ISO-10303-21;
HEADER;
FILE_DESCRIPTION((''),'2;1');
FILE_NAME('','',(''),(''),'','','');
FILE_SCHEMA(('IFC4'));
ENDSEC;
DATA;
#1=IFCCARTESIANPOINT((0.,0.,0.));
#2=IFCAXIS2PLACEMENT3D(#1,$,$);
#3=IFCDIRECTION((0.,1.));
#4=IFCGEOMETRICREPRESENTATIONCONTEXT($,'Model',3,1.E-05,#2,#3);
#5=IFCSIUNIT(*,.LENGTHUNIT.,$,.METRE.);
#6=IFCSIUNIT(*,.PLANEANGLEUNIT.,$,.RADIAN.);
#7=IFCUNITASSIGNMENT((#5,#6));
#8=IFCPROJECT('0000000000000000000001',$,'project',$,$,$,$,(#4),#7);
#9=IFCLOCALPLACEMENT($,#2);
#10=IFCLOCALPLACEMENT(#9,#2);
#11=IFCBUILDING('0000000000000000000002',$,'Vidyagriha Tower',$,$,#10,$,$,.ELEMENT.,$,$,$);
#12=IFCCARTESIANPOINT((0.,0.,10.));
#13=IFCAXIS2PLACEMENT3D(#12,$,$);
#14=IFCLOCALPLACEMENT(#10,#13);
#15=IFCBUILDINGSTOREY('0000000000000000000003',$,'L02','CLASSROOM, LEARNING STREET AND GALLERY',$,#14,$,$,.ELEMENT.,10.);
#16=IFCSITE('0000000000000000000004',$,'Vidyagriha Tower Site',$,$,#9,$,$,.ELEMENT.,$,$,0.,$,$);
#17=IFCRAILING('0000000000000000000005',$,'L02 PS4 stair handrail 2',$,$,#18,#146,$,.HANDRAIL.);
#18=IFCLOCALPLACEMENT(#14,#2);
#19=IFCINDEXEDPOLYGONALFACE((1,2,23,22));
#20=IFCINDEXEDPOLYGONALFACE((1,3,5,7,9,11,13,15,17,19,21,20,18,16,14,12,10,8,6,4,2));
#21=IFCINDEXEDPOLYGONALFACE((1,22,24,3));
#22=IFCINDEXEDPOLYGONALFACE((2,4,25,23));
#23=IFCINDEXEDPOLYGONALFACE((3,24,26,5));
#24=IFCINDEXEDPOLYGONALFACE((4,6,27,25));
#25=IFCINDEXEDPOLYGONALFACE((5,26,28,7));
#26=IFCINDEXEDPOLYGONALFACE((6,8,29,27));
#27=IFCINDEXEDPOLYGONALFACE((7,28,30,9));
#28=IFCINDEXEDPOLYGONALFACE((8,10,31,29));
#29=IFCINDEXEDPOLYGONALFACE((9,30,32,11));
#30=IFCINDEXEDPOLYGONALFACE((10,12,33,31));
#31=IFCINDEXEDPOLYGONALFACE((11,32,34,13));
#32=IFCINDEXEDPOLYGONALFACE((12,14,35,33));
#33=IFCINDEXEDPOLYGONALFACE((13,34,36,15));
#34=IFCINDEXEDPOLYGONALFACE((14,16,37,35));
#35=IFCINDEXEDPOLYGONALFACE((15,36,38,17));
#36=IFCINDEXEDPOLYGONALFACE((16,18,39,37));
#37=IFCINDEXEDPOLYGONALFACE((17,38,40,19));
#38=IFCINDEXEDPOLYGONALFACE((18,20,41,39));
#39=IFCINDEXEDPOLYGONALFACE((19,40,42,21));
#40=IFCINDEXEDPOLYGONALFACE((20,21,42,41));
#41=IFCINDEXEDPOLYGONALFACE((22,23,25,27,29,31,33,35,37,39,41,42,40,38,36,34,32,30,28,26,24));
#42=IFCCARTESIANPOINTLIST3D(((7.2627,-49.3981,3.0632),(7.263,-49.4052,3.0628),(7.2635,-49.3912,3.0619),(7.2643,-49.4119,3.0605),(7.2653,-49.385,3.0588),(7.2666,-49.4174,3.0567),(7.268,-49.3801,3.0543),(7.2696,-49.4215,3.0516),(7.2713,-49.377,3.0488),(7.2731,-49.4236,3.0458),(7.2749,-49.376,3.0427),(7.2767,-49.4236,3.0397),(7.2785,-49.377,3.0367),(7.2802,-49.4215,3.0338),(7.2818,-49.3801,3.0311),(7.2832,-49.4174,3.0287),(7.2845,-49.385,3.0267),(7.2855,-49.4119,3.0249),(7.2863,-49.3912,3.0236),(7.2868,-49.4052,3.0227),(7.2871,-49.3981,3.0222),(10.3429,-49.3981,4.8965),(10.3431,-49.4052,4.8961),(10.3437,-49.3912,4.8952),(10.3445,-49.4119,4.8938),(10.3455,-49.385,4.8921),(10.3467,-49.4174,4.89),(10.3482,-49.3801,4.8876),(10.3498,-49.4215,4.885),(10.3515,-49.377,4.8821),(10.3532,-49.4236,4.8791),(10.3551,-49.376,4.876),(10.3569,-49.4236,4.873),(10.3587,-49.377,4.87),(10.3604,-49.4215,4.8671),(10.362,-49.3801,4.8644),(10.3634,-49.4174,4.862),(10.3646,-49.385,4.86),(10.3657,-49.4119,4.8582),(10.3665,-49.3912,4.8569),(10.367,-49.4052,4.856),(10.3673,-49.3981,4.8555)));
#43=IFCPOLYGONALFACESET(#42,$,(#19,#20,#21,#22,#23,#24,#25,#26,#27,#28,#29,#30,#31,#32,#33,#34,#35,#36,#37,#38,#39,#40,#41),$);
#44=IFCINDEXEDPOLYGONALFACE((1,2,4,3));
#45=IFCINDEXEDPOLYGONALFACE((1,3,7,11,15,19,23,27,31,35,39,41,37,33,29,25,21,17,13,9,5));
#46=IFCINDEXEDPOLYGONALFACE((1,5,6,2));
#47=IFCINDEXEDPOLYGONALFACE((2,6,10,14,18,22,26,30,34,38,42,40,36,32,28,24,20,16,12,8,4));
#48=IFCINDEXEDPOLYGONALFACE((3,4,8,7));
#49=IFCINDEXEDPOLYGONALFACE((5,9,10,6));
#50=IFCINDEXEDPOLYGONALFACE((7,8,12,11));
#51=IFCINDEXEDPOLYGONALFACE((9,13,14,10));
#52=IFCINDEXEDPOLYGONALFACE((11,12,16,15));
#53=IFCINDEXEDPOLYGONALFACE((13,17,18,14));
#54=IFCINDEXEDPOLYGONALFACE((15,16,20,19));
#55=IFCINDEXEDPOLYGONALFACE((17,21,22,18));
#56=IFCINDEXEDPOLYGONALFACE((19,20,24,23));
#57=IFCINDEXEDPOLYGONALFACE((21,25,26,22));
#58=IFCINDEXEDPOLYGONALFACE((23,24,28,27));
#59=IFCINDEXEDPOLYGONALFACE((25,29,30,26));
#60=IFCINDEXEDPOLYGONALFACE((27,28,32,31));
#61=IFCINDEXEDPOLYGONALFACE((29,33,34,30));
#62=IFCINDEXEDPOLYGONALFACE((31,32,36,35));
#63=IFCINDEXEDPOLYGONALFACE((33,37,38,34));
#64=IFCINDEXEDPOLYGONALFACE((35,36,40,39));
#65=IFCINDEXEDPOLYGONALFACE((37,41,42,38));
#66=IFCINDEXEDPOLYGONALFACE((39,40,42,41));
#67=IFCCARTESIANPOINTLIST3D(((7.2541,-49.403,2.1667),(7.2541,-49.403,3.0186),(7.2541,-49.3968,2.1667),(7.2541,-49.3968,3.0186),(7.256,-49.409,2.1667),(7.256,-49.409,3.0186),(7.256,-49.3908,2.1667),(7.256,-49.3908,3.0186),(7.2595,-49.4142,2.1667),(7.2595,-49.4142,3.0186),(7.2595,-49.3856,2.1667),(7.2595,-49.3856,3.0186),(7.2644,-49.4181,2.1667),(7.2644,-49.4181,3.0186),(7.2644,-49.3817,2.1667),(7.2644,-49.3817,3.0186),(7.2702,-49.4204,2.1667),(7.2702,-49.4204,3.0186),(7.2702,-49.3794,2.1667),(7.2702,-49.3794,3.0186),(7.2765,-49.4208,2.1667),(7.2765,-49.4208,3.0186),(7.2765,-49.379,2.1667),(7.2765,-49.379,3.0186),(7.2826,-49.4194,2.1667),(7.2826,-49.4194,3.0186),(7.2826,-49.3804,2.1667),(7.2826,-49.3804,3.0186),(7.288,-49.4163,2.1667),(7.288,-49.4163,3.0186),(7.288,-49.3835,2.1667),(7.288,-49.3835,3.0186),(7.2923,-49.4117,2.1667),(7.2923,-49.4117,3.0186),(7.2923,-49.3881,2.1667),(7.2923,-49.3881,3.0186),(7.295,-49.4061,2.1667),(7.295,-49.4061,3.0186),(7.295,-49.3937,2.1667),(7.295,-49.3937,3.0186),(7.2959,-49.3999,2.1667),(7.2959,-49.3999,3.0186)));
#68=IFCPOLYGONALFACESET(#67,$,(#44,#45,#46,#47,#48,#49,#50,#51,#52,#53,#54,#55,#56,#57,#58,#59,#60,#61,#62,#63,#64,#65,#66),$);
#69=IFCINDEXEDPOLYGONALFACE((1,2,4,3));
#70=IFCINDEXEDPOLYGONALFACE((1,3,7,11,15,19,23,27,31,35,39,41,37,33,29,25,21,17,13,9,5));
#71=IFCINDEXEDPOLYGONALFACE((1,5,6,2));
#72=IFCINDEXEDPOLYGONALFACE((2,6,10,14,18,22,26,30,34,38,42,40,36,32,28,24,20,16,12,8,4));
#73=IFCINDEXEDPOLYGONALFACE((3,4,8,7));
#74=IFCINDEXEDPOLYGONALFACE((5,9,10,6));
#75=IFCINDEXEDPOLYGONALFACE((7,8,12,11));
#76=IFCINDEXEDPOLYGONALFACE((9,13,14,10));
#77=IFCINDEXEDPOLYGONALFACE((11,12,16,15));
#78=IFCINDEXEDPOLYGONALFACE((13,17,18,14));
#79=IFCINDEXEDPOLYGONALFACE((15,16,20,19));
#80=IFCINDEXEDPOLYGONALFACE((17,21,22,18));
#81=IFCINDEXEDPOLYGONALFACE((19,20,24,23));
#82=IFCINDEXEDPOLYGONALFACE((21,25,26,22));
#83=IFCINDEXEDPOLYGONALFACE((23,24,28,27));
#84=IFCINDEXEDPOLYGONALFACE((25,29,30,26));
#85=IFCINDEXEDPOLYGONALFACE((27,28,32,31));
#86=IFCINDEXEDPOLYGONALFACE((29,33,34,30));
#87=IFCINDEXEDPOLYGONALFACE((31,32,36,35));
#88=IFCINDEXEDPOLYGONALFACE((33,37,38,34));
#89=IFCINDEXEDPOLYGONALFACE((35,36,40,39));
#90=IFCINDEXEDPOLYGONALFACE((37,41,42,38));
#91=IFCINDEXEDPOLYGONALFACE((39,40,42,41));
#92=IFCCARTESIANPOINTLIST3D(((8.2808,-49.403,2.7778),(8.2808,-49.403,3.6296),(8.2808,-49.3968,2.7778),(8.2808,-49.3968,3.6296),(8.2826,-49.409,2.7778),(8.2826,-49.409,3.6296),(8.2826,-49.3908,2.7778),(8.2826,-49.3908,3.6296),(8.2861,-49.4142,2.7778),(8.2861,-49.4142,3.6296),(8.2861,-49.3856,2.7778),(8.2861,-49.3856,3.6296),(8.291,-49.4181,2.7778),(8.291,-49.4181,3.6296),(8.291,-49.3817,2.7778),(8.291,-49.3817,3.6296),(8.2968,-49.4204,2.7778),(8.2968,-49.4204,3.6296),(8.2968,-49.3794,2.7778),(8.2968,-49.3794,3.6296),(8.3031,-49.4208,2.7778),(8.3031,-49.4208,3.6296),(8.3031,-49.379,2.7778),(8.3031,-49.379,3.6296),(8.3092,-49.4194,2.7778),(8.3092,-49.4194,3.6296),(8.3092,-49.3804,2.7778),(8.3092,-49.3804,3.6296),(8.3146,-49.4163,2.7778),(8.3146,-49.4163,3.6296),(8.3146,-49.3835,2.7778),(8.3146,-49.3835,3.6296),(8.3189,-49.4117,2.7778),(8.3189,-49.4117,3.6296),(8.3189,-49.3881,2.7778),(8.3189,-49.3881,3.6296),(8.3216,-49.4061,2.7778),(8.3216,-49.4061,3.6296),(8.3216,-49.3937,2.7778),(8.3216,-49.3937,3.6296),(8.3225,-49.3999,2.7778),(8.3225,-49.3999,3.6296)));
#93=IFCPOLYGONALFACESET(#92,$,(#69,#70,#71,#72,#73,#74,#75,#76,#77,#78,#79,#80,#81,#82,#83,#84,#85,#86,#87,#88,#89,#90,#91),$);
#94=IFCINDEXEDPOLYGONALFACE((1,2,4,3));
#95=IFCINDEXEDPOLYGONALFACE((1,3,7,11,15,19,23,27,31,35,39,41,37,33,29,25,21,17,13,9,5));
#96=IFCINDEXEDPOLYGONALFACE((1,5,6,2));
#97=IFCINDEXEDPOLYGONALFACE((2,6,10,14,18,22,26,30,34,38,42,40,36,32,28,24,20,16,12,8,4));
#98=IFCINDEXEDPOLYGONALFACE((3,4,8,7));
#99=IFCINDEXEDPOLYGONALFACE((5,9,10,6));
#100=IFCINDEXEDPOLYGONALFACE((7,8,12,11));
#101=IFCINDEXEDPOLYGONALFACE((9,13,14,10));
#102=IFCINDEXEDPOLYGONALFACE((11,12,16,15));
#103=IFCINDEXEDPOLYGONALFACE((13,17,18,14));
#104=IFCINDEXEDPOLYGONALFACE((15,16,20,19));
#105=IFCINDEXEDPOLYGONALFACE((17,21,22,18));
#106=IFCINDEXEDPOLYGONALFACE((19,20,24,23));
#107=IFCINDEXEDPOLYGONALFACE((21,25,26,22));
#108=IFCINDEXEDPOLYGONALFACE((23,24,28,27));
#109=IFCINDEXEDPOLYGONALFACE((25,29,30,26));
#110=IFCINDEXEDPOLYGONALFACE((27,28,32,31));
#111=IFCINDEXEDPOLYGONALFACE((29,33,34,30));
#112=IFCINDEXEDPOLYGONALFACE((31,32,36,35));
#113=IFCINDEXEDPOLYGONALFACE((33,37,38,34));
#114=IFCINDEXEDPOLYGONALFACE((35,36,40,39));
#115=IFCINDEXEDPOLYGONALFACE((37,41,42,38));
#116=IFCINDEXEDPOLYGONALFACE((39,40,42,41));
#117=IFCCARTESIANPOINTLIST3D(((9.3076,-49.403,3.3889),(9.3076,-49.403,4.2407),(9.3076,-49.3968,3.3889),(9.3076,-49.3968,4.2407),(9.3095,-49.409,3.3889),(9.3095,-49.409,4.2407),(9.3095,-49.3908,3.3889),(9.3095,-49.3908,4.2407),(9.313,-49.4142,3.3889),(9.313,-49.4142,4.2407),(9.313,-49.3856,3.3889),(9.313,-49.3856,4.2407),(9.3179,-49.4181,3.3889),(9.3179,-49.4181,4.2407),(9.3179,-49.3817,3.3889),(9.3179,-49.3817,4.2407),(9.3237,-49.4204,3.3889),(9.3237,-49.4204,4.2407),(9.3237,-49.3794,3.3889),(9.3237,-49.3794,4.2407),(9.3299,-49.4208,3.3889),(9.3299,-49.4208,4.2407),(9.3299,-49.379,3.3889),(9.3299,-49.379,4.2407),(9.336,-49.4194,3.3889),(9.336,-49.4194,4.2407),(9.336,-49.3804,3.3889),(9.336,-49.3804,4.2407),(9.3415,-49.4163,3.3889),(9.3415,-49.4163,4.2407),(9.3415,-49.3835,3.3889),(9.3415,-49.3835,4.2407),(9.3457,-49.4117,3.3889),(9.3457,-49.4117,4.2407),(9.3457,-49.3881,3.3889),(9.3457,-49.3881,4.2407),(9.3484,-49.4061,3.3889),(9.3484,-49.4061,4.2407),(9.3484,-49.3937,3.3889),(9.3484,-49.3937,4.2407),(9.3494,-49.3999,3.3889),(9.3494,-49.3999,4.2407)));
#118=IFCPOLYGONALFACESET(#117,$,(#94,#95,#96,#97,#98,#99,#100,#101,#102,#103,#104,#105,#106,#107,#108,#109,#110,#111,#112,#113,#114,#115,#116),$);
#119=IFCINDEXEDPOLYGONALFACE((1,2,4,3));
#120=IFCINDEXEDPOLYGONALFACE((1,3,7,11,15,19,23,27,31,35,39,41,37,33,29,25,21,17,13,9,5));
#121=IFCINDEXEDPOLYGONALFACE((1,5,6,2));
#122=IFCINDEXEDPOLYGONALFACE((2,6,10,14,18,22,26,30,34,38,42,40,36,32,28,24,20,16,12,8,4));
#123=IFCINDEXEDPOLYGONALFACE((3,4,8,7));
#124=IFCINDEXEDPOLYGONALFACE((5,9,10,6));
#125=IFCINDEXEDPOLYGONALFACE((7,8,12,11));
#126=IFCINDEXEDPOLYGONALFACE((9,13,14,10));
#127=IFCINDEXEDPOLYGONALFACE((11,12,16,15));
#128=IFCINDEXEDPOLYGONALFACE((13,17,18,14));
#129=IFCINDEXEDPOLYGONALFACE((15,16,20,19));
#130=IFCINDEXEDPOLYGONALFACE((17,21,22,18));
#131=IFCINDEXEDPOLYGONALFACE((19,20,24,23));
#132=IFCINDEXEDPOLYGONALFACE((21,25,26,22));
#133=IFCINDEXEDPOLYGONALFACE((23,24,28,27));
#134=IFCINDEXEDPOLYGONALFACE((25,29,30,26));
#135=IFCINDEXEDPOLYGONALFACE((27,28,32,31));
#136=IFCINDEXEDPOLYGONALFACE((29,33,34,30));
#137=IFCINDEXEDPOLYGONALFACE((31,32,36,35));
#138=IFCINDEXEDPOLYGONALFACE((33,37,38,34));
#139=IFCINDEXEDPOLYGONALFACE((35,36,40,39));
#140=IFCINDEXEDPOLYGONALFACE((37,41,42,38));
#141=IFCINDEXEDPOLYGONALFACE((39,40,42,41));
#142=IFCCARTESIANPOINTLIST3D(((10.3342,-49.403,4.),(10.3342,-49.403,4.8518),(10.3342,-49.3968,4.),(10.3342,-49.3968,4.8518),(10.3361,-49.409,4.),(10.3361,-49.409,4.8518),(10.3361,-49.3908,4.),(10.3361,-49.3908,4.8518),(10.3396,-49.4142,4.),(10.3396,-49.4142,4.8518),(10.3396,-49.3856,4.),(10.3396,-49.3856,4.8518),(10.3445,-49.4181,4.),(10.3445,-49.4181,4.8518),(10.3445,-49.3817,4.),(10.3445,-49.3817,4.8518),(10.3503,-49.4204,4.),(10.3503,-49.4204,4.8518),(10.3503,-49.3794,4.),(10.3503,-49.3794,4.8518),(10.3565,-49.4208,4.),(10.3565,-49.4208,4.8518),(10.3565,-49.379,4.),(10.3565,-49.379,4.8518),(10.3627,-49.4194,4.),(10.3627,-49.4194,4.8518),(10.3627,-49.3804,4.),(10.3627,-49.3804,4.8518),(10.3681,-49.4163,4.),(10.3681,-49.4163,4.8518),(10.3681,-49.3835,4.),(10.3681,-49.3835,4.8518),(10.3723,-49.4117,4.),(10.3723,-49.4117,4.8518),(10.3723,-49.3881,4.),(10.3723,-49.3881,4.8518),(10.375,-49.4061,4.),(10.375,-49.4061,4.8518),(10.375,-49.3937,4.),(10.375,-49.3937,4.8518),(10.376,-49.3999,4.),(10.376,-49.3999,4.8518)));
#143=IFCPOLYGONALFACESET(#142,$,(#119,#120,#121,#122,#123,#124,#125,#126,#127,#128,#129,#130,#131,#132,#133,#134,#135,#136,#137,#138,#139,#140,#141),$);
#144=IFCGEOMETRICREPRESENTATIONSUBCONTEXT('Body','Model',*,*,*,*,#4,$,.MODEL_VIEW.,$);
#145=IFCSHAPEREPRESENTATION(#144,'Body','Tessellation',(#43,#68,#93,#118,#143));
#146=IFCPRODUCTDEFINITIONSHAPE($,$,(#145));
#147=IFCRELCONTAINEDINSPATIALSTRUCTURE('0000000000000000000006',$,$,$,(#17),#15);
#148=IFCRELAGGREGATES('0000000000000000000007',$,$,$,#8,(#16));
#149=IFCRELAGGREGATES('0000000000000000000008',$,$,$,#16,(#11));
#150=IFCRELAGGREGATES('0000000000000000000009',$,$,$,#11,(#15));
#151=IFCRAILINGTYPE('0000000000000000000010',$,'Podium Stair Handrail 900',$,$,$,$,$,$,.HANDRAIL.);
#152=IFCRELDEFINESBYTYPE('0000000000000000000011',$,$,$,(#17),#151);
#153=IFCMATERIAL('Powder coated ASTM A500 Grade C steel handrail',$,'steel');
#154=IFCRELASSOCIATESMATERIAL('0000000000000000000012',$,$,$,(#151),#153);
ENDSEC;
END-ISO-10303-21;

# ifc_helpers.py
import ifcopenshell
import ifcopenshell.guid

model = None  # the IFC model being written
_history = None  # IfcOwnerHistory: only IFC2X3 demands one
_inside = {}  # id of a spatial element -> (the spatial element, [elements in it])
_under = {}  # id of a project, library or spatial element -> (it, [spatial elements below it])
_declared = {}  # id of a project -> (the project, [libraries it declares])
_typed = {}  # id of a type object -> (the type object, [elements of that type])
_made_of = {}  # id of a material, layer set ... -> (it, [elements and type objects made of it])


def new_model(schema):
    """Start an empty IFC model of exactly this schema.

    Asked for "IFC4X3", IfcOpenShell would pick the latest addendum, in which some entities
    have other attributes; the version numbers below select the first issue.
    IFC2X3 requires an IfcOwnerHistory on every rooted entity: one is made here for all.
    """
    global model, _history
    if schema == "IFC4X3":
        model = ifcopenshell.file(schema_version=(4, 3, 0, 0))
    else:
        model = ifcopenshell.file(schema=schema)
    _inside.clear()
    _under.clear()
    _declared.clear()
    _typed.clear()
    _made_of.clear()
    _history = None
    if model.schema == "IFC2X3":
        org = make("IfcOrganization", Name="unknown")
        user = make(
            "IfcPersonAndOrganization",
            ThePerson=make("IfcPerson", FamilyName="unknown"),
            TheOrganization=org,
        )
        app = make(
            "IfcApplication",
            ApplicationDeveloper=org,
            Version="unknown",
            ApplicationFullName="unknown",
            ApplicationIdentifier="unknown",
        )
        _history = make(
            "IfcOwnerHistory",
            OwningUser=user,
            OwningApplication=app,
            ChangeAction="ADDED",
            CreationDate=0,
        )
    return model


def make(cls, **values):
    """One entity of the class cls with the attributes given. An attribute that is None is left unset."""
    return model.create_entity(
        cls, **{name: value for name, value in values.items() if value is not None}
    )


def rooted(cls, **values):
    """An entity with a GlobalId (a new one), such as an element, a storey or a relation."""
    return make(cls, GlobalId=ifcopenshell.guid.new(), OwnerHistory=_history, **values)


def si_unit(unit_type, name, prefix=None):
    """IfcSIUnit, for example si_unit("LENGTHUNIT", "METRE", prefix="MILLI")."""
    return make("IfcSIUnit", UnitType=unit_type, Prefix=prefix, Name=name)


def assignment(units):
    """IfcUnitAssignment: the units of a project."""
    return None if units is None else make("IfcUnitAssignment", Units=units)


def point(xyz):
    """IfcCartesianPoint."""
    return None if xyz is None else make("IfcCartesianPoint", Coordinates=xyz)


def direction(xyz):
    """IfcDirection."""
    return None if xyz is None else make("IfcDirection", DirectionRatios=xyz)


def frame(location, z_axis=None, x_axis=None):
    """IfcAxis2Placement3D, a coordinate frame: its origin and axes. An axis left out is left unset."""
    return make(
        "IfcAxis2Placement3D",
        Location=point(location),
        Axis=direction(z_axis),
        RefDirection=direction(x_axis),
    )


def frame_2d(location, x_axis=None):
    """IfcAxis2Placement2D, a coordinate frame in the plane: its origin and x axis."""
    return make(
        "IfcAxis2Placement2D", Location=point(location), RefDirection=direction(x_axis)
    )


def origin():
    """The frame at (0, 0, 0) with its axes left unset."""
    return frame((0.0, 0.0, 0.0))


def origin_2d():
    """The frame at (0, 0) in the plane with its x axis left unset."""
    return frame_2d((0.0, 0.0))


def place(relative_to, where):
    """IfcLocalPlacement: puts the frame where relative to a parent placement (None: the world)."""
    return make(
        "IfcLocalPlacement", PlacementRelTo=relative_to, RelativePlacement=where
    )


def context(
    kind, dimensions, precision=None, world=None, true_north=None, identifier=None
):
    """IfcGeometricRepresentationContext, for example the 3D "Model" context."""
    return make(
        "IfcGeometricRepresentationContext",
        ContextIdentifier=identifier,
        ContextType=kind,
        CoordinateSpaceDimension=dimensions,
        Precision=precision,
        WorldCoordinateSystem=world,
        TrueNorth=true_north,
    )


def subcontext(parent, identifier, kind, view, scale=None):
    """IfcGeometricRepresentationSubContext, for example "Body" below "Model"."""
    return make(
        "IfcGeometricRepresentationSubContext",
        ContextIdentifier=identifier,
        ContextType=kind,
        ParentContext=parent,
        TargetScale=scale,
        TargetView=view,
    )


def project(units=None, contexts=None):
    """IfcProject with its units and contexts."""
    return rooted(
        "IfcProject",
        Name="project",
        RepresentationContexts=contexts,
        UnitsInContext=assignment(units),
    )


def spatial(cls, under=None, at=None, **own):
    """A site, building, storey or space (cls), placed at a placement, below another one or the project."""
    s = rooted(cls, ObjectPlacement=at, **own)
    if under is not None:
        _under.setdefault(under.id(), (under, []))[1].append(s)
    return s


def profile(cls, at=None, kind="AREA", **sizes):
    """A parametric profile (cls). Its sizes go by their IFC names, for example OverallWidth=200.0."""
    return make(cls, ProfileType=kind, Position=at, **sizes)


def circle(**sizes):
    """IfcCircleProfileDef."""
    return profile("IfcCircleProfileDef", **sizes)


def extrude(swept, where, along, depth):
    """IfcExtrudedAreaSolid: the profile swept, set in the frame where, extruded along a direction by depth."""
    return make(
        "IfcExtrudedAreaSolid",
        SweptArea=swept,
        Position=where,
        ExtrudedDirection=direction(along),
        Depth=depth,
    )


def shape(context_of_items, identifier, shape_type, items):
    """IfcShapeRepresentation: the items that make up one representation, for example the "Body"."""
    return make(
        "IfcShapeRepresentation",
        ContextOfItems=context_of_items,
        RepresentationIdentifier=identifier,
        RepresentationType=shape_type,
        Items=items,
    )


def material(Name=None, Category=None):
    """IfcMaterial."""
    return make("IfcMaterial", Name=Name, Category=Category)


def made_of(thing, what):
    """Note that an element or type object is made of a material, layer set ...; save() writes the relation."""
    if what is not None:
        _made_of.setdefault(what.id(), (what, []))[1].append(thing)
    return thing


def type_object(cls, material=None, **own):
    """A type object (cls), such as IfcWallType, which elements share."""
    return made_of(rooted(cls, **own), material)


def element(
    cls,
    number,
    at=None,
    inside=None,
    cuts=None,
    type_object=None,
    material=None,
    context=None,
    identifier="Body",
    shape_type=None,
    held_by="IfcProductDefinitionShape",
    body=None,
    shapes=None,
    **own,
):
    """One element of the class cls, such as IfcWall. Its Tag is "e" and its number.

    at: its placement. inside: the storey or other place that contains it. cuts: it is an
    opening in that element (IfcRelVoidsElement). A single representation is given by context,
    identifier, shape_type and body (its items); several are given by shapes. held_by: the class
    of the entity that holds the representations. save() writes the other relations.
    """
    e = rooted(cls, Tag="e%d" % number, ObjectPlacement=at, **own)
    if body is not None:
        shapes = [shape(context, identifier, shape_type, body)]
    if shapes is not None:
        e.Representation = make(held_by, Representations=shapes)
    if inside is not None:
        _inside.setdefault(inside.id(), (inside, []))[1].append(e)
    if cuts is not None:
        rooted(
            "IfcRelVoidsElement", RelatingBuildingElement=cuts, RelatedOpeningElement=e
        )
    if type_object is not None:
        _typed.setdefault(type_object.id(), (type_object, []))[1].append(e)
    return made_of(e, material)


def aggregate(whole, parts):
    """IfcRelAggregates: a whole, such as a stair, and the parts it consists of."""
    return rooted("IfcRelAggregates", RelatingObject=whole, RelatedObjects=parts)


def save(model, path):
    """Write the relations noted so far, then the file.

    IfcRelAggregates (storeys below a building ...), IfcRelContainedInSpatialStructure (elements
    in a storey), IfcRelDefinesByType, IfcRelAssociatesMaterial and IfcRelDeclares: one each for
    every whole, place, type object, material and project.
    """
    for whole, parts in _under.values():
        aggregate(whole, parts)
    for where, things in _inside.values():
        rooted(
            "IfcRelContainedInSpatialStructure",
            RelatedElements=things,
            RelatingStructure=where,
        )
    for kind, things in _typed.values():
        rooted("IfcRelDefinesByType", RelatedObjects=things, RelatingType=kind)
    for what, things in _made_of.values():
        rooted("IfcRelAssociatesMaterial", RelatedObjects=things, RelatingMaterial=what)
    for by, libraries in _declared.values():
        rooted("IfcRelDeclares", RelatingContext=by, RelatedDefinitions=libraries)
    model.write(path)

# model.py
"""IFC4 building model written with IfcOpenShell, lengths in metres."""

from ifc_helpers import new_model, si_unit, direction, frame, origin, origin_2d, place, context, subcontext, project, spatial, circle, extrude, material, type_object, element, save


model = new_model("IFC4")

# Units and contexts
model_context = context("Model", 3, precision=1e-05, world=origin(), true_north=direction((0.0, 1.0)))
body_context = subcontext(model_context, "Body", "Model", "MODEL_VIEW")
ifc_project = project(units=[si_unit("LENGTHUNIT", "METRE"), si_unit("PLANEANGLEUNIT", "RADIAN")], contexts=[model_context])

# Site, building, storey
site_placement = place(None, origin())
site = spatial("IfcSite", under=ifc_project, at=site_placement, Name="Vidyagriha Tower Site", CompositionType="ELEMENT", RefElevation=0.0)
building_placement = place(site_placement, origin())
building = spatial("IfcBuilding", under=site, at=building_placement, Name="Vidyagriha Tower", CompositionType="ELEMENT")
storey_placement = place(building_placement, frame((0.0, 0.0, 10.0)))
storey = spatial("IfcBuildingStorey", under=building, at=storey_placement, Name="L02", Description="CLASSROOM, LEARNING STREET AND GALLERY", CompositionType="ELEMENT", Elevation=10.0)

# Railing
ifc_material_1 = material(Name="Powder coated ASTM A500 Grade C steel handrail", Category="steel")
railing_type_1 = type_object("IfcRailingType", Name="Podium Stair Handrail 900", PredefinedType="HANDRAIL", material=ifc_material_1)
railing_1_placement = place(storey_placement, frame((7.2749, -49.3999, 2.1667)))
element("IfcRailing", 1, at=railing_1_placement, inside=storey, type_object=railing_type_1, Name="L02 PS4 stair handrail 2", PredefinedType="HANDRAIL", context=body_context, shape_type="SweptSolid", body=[
    extrude(circle(Radius=0.0239, at=origin_2d()), frame((0.0, 0.0, 0.876), z_axis=(0.859309, 0.0, 0.511458), x_axis=(0.0, 1.0, 0.0)), (0.0, 0.0, 1.0), 3.5845),
    extrude(circle(Radius=0.021, at=origin_2d()), origin(), (0.0, 0.0, 1.0), 0.8518),
    extrude(circle(Radius=0.021, at=origin_2d()), frame((1.0266, 0.0, 0.6111)), (0.0, 0.0, 1.0), 0.8518),
    extrude(circle(Radius=0.021, at=origin_2d()), frame((2.0535, 0.0, 1.2222)), (0.0, 0.0, 1.0), 0.8518),
    extrude(circle(Radius=0.021, at=origin_2d()), frame((3.0801, 0.0, 1.8333)), (0.0, 0.0, 1.0), 0.8518),
])

save(model, "model.ifc")
